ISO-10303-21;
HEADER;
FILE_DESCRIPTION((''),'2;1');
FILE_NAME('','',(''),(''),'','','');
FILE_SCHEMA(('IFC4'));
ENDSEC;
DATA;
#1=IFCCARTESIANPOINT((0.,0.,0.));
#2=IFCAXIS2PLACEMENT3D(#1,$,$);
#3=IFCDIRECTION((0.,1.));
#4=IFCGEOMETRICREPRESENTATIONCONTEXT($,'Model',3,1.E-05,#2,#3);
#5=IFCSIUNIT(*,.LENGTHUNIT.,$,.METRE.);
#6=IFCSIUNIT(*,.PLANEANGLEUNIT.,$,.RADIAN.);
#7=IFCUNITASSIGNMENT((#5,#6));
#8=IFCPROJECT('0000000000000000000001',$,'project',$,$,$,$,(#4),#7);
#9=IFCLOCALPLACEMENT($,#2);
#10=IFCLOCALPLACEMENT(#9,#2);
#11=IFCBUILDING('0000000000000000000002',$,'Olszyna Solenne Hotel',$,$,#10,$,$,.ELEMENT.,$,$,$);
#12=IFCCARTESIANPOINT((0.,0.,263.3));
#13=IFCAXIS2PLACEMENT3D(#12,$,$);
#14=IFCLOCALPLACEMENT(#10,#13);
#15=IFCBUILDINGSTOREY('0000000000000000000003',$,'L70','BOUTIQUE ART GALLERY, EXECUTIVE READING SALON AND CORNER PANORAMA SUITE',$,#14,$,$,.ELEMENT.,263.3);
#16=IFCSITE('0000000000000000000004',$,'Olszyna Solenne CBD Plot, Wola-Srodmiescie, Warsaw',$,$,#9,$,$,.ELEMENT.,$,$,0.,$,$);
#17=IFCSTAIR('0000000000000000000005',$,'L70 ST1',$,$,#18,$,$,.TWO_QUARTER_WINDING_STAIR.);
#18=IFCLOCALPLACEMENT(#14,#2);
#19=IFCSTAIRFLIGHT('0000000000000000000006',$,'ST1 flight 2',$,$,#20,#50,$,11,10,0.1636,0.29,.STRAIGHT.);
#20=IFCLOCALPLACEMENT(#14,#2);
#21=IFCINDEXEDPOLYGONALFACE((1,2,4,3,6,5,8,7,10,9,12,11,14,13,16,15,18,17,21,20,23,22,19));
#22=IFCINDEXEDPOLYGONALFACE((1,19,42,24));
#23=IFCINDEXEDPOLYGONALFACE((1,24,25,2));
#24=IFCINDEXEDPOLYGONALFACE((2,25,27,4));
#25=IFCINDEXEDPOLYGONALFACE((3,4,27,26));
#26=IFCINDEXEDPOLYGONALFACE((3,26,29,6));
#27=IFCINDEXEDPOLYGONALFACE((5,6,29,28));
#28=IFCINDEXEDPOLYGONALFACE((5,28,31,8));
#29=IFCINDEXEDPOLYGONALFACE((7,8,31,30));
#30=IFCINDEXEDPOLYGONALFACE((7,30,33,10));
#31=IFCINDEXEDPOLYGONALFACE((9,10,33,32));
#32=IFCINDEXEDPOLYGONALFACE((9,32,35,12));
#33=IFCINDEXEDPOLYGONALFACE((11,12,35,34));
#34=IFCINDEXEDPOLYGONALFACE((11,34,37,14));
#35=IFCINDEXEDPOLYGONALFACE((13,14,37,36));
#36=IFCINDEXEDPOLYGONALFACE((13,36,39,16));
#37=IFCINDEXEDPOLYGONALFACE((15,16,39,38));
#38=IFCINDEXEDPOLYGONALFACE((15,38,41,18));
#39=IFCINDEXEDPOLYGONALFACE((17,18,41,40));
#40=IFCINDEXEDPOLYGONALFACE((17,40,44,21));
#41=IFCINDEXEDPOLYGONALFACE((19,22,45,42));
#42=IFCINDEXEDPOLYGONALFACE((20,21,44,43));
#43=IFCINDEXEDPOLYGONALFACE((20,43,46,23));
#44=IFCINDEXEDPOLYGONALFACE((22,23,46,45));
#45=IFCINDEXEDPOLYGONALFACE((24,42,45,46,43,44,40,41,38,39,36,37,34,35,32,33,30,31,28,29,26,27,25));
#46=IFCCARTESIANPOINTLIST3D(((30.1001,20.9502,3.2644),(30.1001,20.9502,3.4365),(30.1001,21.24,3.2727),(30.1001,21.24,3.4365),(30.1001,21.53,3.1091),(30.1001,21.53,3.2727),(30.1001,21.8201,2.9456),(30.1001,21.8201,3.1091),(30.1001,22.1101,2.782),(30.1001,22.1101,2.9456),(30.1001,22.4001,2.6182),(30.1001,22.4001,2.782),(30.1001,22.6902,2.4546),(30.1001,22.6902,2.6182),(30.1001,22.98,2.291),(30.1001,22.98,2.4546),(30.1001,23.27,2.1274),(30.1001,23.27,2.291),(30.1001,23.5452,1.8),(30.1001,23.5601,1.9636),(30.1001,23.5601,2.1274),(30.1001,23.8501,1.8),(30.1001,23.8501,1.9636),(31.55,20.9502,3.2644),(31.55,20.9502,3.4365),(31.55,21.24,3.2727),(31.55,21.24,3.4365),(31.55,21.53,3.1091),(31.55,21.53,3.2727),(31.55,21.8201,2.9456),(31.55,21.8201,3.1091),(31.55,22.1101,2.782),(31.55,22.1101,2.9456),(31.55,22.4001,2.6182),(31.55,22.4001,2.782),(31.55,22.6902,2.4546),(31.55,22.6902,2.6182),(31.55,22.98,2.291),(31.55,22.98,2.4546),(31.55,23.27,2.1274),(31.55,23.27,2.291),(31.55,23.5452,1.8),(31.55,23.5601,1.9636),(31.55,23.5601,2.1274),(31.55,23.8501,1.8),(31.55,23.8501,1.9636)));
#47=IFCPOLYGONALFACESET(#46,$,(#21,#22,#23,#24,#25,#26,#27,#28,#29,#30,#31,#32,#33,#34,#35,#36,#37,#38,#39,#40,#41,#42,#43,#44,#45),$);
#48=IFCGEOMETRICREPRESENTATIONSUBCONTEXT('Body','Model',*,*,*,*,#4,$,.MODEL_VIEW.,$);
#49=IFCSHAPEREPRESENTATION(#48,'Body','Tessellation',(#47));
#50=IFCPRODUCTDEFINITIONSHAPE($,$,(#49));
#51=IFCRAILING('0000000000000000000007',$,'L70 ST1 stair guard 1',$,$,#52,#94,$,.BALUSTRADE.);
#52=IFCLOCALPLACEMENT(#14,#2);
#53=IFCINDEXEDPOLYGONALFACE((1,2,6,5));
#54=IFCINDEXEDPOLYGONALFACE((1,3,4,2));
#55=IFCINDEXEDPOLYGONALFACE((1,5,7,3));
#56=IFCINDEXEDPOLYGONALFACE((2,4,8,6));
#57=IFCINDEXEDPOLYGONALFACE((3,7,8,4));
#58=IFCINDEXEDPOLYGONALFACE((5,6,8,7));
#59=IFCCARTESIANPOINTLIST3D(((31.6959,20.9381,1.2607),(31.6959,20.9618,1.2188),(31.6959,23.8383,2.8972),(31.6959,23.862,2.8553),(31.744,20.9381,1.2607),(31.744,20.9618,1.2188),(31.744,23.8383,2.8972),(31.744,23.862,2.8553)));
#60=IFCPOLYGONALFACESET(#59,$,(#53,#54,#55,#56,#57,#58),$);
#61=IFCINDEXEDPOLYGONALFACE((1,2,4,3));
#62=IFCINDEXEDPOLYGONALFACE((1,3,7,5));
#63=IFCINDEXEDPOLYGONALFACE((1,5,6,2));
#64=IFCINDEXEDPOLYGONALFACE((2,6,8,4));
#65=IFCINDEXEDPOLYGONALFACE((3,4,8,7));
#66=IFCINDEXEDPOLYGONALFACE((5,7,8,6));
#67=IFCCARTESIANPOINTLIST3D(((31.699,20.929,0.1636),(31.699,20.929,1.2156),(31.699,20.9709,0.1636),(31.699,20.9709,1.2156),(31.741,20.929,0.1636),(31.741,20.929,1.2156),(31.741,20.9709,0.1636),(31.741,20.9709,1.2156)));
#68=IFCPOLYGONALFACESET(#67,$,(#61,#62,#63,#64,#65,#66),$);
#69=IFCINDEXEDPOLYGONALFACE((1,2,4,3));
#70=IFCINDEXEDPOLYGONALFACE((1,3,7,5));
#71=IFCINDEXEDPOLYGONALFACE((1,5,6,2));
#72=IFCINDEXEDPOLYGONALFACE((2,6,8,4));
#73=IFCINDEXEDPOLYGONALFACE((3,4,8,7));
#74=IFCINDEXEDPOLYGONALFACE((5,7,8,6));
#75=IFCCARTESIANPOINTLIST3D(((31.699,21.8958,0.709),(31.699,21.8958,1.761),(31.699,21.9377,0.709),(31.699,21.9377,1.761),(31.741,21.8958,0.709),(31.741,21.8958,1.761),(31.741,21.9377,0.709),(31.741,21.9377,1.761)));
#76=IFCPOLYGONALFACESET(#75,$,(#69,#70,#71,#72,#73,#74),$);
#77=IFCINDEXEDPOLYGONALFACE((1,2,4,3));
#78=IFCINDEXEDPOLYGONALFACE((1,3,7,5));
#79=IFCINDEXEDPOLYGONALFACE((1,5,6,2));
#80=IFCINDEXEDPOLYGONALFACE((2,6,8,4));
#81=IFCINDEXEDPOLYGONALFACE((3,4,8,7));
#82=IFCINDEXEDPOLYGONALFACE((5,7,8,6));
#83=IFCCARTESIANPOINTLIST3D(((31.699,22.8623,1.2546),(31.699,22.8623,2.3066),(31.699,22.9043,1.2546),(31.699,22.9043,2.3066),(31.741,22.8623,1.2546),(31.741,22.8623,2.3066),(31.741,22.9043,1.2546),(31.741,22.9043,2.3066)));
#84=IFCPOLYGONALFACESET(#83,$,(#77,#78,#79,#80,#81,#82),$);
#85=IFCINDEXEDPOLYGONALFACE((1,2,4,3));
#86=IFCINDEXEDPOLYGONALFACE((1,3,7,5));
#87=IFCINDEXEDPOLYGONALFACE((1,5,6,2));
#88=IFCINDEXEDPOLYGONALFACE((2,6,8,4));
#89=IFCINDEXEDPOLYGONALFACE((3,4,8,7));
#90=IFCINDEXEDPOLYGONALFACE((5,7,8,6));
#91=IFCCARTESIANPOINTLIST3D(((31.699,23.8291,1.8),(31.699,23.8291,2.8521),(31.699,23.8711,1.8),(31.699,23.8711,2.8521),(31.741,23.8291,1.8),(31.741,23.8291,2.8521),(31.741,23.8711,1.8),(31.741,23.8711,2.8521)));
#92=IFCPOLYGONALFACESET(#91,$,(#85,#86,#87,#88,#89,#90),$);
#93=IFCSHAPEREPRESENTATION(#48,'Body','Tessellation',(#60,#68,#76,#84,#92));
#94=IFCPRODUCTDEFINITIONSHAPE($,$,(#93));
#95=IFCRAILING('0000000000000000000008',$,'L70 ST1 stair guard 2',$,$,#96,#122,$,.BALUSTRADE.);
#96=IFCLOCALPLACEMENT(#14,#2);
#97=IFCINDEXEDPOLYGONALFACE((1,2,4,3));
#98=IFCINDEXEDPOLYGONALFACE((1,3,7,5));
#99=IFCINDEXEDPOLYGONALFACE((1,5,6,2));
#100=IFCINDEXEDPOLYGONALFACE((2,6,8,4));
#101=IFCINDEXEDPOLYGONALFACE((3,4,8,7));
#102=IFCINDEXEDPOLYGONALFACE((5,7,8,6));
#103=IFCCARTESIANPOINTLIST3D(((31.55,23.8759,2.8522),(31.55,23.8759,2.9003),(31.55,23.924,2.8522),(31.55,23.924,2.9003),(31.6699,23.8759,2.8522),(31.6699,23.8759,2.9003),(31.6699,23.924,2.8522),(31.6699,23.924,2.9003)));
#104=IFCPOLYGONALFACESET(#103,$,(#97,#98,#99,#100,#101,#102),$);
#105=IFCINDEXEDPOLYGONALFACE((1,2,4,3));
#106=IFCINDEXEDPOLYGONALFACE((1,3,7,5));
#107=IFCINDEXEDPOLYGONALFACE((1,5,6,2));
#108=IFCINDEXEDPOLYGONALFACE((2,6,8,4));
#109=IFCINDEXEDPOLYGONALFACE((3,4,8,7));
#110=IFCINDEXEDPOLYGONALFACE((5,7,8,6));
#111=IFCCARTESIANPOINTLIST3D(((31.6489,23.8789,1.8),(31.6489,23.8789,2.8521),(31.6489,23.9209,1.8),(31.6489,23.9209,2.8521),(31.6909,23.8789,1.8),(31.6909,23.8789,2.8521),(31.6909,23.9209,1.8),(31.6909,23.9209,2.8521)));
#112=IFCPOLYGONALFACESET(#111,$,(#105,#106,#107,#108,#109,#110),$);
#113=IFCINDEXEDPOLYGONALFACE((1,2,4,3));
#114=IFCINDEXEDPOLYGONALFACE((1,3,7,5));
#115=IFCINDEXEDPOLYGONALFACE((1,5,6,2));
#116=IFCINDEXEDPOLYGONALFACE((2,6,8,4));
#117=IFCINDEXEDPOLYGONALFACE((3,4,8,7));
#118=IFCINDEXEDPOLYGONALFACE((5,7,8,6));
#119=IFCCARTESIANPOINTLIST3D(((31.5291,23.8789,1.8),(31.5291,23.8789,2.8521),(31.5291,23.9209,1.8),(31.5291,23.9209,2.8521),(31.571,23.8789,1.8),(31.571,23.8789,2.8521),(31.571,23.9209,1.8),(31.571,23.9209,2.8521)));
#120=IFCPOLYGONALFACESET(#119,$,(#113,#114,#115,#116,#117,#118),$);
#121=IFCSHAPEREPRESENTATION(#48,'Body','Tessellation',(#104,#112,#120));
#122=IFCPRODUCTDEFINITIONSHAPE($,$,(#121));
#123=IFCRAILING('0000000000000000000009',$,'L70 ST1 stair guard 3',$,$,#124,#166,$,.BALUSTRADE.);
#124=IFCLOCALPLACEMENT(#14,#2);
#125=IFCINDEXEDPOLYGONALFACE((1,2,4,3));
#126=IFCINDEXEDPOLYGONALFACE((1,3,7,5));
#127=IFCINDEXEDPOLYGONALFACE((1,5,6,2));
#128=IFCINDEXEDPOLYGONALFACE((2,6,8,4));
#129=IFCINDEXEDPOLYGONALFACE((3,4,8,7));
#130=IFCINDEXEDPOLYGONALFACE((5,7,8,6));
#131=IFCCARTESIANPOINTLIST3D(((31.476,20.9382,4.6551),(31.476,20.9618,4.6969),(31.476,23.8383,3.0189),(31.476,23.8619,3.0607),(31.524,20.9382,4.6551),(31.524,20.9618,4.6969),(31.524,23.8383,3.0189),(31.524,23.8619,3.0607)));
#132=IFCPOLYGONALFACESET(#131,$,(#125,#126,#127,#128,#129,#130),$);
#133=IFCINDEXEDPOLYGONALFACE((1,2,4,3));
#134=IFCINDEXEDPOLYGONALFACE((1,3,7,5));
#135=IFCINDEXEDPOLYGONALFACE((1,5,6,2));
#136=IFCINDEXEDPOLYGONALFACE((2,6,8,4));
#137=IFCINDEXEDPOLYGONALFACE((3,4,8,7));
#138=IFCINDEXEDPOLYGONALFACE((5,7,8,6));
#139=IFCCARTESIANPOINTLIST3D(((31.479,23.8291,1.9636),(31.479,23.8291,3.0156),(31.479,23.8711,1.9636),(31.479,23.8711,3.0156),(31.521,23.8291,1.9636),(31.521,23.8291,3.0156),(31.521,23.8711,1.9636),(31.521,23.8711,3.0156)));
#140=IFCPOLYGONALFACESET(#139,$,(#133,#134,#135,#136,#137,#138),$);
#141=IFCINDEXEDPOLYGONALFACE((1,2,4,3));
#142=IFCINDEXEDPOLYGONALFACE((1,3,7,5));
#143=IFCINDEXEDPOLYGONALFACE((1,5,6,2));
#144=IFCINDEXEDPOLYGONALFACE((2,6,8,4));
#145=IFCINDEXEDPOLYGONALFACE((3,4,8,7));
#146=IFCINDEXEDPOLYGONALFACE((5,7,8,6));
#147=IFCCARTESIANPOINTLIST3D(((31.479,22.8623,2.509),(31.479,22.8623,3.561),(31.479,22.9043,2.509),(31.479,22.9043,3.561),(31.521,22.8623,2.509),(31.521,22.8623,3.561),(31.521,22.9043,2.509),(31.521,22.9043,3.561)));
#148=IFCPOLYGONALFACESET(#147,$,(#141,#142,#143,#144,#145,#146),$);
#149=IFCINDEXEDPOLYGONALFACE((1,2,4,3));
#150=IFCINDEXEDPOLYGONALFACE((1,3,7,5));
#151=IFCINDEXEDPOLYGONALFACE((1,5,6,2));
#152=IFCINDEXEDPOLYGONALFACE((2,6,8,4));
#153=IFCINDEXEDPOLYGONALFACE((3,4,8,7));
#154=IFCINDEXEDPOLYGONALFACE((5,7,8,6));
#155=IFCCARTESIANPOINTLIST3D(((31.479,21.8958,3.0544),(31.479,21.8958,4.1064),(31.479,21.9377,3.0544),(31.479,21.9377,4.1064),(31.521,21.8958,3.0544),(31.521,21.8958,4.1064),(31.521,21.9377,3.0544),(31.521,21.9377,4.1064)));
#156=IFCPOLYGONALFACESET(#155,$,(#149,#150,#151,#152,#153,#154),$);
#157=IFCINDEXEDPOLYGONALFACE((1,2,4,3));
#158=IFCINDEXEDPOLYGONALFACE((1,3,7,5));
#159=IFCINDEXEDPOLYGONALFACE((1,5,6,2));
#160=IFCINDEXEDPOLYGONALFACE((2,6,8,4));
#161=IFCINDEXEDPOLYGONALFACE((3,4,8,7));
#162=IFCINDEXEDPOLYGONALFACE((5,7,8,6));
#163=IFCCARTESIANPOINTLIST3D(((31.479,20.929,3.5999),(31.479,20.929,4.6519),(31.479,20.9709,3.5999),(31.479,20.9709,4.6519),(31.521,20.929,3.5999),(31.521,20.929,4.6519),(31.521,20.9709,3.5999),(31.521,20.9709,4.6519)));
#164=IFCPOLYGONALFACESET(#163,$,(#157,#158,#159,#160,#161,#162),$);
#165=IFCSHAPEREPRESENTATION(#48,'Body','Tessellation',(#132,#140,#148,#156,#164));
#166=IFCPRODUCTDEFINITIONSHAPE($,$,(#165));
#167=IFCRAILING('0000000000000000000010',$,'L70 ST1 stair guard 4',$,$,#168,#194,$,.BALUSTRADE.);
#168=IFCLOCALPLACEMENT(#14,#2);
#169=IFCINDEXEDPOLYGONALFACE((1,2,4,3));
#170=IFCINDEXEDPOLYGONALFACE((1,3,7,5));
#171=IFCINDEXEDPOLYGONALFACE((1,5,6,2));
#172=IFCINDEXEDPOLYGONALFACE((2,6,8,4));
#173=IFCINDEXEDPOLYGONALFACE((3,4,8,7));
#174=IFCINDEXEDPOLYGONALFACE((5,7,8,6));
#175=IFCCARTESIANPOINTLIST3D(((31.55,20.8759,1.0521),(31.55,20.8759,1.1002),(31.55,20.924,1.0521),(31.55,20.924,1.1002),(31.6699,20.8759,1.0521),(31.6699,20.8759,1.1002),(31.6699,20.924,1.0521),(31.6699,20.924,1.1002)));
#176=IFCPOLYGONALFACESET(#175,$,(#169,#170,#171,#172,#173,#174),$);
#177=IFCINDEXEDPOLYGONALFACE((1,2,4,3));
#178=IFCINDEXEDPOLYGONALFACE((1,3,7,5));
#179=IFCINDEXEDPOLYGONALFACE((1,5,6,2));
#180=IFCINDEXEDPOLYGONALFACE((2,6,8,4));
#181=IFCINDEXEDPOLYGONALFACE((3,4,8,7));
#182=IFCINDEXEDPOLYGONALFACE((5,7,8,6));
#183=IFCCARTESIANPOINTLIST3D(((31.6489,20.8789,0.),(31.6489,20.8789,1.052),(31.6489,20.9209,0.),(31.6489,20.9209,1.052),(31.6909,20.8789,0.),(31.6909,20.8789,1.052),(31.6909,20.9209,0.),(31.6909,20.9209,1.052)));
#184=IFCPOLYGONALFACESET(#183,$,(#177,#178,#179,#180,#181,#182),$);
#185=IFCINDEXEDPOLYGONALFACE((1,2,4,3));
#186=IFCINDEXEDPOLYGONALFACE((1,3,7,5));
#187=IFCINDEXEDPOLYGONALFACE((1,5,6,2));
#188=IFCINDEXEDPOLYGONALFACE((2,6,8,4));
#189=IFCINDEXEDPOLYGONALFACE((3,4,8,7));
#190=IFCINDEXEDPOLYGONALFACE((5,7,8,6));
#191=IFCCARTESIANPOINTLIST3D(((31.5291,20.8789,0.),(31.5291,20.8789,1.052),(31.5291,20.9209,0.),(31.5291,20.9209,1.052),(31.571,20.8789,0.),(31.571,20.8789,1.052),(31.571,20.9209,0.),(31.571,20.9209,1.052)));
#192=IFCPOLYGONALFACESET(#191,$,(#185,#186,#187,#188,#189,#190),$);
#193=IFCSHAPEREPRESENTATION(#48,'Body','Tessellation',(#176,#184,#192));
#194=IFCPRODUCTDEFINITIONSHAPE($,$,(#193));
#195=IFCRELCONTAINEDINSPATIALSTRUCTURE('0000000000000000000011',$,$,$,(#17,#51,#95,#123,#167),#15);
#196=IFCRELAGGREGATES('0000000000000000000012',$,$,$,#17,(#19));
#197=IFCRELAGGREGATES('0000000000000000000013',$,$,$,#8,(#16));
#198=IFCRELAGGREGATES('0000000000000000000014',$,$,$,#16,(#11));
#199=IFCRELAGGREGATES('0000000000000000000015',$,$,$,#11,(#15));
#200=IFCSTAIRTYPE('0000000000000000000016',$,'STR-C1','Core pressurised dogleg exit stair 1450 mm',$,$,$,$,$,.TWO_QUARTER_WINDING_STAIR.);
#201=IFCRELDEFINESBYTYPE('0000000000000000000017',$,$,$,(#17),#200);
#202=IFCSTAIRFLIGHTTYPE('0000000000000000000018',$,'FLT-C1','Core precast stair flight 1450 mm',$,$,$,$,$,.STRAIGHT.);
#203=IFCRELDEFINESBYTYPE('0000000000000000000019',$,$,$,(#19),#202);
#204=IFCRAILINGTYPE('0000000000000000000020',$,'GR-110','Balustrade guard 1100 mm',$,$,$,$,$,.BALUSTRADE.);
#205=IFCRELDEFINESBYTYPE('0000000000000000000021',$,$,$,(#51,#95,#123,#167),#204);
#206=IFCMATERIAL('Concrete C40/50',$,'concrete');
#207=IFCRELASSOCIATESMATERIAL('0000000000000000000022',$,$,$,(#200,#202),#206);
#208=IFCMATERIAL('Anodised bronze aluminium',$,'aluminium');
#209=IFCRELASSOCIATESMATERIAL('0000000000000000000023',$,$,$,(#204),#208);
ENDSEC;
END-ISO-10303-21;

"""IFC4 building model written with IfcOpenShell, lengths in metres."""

from ifc_helpers import new_model, si_unit, direction, frame, origin, origin_2d, place, context, subcontext, project, spatial, polyline, rectangle, outline, extrude, material, type_object, element, aggregate, save


model = new_model("IFC4")

# Units and contexts
model_context = context("Model", 3, precision=1e-05, world=origin(), true_north=direction((0.0, 1.0)))
body_context = subcontext(model_context, "Body", "Model", "MODEL_VIEW")
ifc_project = project(units=[si_unit("LENGTHUNIT", "METRE"), si_unit("PLANEANGLEUNIT", "RADIAN")], contexts=[model_context])

# Site, building, storey
site_placement = place(None, origin())
site = spatial("IfcSite", under=ifc_project, at=site_placement, Name="Olszyna Solenne CBD Plot, Wola-Srodmiescie, Warsaw", CompositionType="ELEMENT", RefElevation=0.0)
building_placement = place(site_placement, origin())
building = spatial("IfcBuilding", under=site, at=building_placement, Name="Olszyna Solenne Hotel", CompositionType="ELEMENT")
storey_placement = place(building_placement, frame((0.0, 0.0, 263.3)))
storey = spatial("IfcBuildingStorey", under=building, at=storey_placement, Name="L70", Description="BOUTIQUE ART GALLERY, EXECUTIVE READING SALON AND CORNER PANORAMA SUITE", CompositionType="ELEMENT", Elevation=263.3)

# Shared definitions
ifc_material_1 = material(Name="Anodised bronze aluminium", Category="aluminium")

# Stair, stair flight
ifc_material_2 = material(Name="Concrete C40/50", Category="concrete")
stair_type = type_object("IfcStairType", Name="STR-C1", Description="Core pressurised dogleg exit stair 1450 mm", PredefinedType="TWO_QUARTER_WINDING_STAIR", material=ifc_material_2)
stair_placement = place(storey_placement, origin())
stair = element("IfcStair", 1, at=stair_placement, inside=storey, type_object=stair_type, Name="L70 ST1", PredefinedType="TWO_QUARTER_WINDING_STAIR")
stair_flight_type = type_object("IfcStairFlightType", Name="FLT-C1", Description="Core precast stair flight 1450 mm", PredefinedType="STRAIGHT", material=ifc_material_2)
stair_flight_1_placement = place(storey_placement, frame((30.825, 23.8501, 1.8), z_axis=(0.0, 0.0, 1.0), x_axis=(0.0, -1.0, 0.0)))
stair_flight_1 = element("IfcStairFlight", 2, at=stair_flight_1_placement, type_object=stair_flight_type, Name="ST1 flight 2", NumberOfRisers=11, NumberOfTreads=10, PredefinedType="STRAIGHT", RiserHeight=0.1636, TreadLength=0.29, context=body_context, shape_type="SweptSolid", body=[
    extrude(outline(polyline([(0.0, 0.0), (0.0, 0.1636), (0.29, 0.1636), (0.29, 0.3274), (0.5801, 0.3274), (0.5801, 0.491), (0.8701, 0.491), (0.8701, 0.6545), (1.1599, 0.6545), (1.1599, 0.8181), (1.45, 0.8181), (1.45, 0.9819), (1.74, 0.9819), (1.74, 1.1455), (2.03, 1.1455), (2.03, 1.3091), (2.3201, 1.3091), (2.3201, 1.4727), (2.6101, 1.4727), (2.6101, 1.6365), (2.8999, 1.6365), (2.8999, 1.8), (2.8999, 1.4644), (0.3049, 0.0), (0.0, 0.0)])), frame((0.0, 0.7251, 0.0), z_axis=(0.0, -1.0, 0.0), x_axis=(1.0, 0.0, 0.0)), (0.0, 0.0, 1.0), 1.45),
])
aggregate(stair, [stair_flight_1])

# Railings
railing_type_1 = type_object("IfcRailingType", Name="GR-110", Description="Balustrade guard 1100 mm", PredefinedType="BALUSTRADE", material=ifc_material_1)
railing_1_placement = place(storey_placement, frame((31.72, 20.95, 0.1636)))
element("IfcRailing", 3, at=railing_1_placement, inside=storey, type_object=railing_type_1, Name="L70 ST1 stair guard 1", PredefinedType="BALUSTRADE", context=body_context, shape_type="SweptSolid", body=[
    extrude(rectangle(XDim=0.0481, YDim=0.0481, at=origin_2d()), frame((0.0, 0.0, 1.0762), z_axis=(0.0, 0.870915, 0.491434), x_axis=(-1.0, 0.0, 0.0)), (0.0, 0.0, 1.0), 3.3301),
    extrude(rectangle(XDim=0.042, YDim=0.042, at=origin_2d()), origin(), (0.0, 0.0, 1.0), 1.052),
    extrude(rectangle(XDim=0.042, YDim=0.042, at=origin_2d()), frame((0.0, 0.9668, 0.5454)), (0.0, 0.0, 1.0), 1.052),
    extrude(rectangle(XDim=0.042, YDim=0.042, at=origin_2d()), frame((0.0, 1.9333, 1.0911)), (0.0, 0.0, 1.0), 1.052),
    extrude(rectangle(XDim=0.042, YDim=0.042, at=origin_2d()), frame((0.0, 2.9001, 1.6365)), (0.0, 0.0, 1.0), 1.052),
])
railing_2_placement = place(storey_placement, frame((31.6699, 23.8999, 1.8)))
element("IfcRailing", 4, at=railing_2_placement, inside=storey, type_object=railing_type_1, Name="L70 ST1 stair guard 2", PredefinedType="BALUSTRADE", context=body_context, shape_type="SweptSolid", body=[
    extrude(rectangle(XDim=0.0481, YDim=0.0481, at=origin_2d()), frame((0.0, 0.0, 1.0762), z_axis=(-1.0, 0.0, 0.0), x_axis=(0.0, -1.0, 0.0)), (0.0, 0.0, 1.0), 0.1199),
    extrude(rectangle(XDim=0.042, YDim=0.042, at=origin_2d()), origin(), (0.0, 0.0, 1.0), 1.052),
    extrude(rectangle(XDim=0.042, YDim=0.042, at=origin_2d()), frame((-0.1199, 0.0, 0.0)), (0.0, 0.0, 1.0), 1.052),
])
railing_3_placement = place(storey_placement, frame((31.5, 23.8501, 1.9636)))
element("IfcRailing", 5, at=railing_3_placement, inside=storey, type_object=railing_type_1, Name="L70 ST1 stair guard 3", PredefinedType="BALUSTRADE", context=body_context, shape_type="SweptSolid", body=[
    extrude(rectangle(XDim=0.0481, YDim=0.0481, at=origin_2d()), frame((0.0, 0.0, 1.0762), z_axis=(0.0, -0.870946, 0.491378), x_axis=(1.0, 0.0, 0.0)), (0.0, 0.0, 1.0), 3.3298),
    extrude(rectangle(XDim=0.042, YDim=0.042, at=origin_2d()), origin(), (0.0, 0.0, 1.0), 1.052),
    extrude(rectangle(XDim=0.042, YDim=0.042, at=origin_2d()), frame((0.0, -0.9668, 0.5454)), (0.0, 0.0, 1.0), 1.052),
    extrude(rectangle(XDim=0.042, YDim=0.042, at=origin_2d()), frame((0.0, -1.9333, 1.0908)), (0.0, 0.0, 1.0), 1.052),
    extrude(rectangle(XDim=0.042, YDim=0.042, at=origin_2d()), frame((0.0, -2.9001, 1.6362)), (0.0, 0.0, 1.0), 1.052),
])
railing_4_placement = place(storey_placement, frame((31.6699, 20.8999, 0.0)))
element("IfcRailing", 6, at=railing_4_placement, inside=storey, type_object=railing_type_1, Name="L70 ST1 stair guard 4", PredefinedType="BALUSTRADE", context=body_context, shape_type="SweptSolid", body=[
    extrude(rectangle(XDim=0.0481, YDim=0.0481, at=origin_2d()), frame((0.0, 0.0, 1.0762), z_axis=(-1.0, 0.0, 0.0), x_axis=(0.0, -1.0, 0.0)), (0.0, 0.0, 1.0), 0.1199),
    extrude(rectangle(XDim=0.042, YDim=0.042, at=origin_2d()), origin(), (0.0, 0.0, 1.0), 1.052),
    extrude(rectangle(XDim=0.042, YDim=0.042, at=origin_2d()), frame((-0.1199, 0.0, 0.0)), (0.0, 0.0, 1.0), 1.052),
])

save(model, "model.ifc")
